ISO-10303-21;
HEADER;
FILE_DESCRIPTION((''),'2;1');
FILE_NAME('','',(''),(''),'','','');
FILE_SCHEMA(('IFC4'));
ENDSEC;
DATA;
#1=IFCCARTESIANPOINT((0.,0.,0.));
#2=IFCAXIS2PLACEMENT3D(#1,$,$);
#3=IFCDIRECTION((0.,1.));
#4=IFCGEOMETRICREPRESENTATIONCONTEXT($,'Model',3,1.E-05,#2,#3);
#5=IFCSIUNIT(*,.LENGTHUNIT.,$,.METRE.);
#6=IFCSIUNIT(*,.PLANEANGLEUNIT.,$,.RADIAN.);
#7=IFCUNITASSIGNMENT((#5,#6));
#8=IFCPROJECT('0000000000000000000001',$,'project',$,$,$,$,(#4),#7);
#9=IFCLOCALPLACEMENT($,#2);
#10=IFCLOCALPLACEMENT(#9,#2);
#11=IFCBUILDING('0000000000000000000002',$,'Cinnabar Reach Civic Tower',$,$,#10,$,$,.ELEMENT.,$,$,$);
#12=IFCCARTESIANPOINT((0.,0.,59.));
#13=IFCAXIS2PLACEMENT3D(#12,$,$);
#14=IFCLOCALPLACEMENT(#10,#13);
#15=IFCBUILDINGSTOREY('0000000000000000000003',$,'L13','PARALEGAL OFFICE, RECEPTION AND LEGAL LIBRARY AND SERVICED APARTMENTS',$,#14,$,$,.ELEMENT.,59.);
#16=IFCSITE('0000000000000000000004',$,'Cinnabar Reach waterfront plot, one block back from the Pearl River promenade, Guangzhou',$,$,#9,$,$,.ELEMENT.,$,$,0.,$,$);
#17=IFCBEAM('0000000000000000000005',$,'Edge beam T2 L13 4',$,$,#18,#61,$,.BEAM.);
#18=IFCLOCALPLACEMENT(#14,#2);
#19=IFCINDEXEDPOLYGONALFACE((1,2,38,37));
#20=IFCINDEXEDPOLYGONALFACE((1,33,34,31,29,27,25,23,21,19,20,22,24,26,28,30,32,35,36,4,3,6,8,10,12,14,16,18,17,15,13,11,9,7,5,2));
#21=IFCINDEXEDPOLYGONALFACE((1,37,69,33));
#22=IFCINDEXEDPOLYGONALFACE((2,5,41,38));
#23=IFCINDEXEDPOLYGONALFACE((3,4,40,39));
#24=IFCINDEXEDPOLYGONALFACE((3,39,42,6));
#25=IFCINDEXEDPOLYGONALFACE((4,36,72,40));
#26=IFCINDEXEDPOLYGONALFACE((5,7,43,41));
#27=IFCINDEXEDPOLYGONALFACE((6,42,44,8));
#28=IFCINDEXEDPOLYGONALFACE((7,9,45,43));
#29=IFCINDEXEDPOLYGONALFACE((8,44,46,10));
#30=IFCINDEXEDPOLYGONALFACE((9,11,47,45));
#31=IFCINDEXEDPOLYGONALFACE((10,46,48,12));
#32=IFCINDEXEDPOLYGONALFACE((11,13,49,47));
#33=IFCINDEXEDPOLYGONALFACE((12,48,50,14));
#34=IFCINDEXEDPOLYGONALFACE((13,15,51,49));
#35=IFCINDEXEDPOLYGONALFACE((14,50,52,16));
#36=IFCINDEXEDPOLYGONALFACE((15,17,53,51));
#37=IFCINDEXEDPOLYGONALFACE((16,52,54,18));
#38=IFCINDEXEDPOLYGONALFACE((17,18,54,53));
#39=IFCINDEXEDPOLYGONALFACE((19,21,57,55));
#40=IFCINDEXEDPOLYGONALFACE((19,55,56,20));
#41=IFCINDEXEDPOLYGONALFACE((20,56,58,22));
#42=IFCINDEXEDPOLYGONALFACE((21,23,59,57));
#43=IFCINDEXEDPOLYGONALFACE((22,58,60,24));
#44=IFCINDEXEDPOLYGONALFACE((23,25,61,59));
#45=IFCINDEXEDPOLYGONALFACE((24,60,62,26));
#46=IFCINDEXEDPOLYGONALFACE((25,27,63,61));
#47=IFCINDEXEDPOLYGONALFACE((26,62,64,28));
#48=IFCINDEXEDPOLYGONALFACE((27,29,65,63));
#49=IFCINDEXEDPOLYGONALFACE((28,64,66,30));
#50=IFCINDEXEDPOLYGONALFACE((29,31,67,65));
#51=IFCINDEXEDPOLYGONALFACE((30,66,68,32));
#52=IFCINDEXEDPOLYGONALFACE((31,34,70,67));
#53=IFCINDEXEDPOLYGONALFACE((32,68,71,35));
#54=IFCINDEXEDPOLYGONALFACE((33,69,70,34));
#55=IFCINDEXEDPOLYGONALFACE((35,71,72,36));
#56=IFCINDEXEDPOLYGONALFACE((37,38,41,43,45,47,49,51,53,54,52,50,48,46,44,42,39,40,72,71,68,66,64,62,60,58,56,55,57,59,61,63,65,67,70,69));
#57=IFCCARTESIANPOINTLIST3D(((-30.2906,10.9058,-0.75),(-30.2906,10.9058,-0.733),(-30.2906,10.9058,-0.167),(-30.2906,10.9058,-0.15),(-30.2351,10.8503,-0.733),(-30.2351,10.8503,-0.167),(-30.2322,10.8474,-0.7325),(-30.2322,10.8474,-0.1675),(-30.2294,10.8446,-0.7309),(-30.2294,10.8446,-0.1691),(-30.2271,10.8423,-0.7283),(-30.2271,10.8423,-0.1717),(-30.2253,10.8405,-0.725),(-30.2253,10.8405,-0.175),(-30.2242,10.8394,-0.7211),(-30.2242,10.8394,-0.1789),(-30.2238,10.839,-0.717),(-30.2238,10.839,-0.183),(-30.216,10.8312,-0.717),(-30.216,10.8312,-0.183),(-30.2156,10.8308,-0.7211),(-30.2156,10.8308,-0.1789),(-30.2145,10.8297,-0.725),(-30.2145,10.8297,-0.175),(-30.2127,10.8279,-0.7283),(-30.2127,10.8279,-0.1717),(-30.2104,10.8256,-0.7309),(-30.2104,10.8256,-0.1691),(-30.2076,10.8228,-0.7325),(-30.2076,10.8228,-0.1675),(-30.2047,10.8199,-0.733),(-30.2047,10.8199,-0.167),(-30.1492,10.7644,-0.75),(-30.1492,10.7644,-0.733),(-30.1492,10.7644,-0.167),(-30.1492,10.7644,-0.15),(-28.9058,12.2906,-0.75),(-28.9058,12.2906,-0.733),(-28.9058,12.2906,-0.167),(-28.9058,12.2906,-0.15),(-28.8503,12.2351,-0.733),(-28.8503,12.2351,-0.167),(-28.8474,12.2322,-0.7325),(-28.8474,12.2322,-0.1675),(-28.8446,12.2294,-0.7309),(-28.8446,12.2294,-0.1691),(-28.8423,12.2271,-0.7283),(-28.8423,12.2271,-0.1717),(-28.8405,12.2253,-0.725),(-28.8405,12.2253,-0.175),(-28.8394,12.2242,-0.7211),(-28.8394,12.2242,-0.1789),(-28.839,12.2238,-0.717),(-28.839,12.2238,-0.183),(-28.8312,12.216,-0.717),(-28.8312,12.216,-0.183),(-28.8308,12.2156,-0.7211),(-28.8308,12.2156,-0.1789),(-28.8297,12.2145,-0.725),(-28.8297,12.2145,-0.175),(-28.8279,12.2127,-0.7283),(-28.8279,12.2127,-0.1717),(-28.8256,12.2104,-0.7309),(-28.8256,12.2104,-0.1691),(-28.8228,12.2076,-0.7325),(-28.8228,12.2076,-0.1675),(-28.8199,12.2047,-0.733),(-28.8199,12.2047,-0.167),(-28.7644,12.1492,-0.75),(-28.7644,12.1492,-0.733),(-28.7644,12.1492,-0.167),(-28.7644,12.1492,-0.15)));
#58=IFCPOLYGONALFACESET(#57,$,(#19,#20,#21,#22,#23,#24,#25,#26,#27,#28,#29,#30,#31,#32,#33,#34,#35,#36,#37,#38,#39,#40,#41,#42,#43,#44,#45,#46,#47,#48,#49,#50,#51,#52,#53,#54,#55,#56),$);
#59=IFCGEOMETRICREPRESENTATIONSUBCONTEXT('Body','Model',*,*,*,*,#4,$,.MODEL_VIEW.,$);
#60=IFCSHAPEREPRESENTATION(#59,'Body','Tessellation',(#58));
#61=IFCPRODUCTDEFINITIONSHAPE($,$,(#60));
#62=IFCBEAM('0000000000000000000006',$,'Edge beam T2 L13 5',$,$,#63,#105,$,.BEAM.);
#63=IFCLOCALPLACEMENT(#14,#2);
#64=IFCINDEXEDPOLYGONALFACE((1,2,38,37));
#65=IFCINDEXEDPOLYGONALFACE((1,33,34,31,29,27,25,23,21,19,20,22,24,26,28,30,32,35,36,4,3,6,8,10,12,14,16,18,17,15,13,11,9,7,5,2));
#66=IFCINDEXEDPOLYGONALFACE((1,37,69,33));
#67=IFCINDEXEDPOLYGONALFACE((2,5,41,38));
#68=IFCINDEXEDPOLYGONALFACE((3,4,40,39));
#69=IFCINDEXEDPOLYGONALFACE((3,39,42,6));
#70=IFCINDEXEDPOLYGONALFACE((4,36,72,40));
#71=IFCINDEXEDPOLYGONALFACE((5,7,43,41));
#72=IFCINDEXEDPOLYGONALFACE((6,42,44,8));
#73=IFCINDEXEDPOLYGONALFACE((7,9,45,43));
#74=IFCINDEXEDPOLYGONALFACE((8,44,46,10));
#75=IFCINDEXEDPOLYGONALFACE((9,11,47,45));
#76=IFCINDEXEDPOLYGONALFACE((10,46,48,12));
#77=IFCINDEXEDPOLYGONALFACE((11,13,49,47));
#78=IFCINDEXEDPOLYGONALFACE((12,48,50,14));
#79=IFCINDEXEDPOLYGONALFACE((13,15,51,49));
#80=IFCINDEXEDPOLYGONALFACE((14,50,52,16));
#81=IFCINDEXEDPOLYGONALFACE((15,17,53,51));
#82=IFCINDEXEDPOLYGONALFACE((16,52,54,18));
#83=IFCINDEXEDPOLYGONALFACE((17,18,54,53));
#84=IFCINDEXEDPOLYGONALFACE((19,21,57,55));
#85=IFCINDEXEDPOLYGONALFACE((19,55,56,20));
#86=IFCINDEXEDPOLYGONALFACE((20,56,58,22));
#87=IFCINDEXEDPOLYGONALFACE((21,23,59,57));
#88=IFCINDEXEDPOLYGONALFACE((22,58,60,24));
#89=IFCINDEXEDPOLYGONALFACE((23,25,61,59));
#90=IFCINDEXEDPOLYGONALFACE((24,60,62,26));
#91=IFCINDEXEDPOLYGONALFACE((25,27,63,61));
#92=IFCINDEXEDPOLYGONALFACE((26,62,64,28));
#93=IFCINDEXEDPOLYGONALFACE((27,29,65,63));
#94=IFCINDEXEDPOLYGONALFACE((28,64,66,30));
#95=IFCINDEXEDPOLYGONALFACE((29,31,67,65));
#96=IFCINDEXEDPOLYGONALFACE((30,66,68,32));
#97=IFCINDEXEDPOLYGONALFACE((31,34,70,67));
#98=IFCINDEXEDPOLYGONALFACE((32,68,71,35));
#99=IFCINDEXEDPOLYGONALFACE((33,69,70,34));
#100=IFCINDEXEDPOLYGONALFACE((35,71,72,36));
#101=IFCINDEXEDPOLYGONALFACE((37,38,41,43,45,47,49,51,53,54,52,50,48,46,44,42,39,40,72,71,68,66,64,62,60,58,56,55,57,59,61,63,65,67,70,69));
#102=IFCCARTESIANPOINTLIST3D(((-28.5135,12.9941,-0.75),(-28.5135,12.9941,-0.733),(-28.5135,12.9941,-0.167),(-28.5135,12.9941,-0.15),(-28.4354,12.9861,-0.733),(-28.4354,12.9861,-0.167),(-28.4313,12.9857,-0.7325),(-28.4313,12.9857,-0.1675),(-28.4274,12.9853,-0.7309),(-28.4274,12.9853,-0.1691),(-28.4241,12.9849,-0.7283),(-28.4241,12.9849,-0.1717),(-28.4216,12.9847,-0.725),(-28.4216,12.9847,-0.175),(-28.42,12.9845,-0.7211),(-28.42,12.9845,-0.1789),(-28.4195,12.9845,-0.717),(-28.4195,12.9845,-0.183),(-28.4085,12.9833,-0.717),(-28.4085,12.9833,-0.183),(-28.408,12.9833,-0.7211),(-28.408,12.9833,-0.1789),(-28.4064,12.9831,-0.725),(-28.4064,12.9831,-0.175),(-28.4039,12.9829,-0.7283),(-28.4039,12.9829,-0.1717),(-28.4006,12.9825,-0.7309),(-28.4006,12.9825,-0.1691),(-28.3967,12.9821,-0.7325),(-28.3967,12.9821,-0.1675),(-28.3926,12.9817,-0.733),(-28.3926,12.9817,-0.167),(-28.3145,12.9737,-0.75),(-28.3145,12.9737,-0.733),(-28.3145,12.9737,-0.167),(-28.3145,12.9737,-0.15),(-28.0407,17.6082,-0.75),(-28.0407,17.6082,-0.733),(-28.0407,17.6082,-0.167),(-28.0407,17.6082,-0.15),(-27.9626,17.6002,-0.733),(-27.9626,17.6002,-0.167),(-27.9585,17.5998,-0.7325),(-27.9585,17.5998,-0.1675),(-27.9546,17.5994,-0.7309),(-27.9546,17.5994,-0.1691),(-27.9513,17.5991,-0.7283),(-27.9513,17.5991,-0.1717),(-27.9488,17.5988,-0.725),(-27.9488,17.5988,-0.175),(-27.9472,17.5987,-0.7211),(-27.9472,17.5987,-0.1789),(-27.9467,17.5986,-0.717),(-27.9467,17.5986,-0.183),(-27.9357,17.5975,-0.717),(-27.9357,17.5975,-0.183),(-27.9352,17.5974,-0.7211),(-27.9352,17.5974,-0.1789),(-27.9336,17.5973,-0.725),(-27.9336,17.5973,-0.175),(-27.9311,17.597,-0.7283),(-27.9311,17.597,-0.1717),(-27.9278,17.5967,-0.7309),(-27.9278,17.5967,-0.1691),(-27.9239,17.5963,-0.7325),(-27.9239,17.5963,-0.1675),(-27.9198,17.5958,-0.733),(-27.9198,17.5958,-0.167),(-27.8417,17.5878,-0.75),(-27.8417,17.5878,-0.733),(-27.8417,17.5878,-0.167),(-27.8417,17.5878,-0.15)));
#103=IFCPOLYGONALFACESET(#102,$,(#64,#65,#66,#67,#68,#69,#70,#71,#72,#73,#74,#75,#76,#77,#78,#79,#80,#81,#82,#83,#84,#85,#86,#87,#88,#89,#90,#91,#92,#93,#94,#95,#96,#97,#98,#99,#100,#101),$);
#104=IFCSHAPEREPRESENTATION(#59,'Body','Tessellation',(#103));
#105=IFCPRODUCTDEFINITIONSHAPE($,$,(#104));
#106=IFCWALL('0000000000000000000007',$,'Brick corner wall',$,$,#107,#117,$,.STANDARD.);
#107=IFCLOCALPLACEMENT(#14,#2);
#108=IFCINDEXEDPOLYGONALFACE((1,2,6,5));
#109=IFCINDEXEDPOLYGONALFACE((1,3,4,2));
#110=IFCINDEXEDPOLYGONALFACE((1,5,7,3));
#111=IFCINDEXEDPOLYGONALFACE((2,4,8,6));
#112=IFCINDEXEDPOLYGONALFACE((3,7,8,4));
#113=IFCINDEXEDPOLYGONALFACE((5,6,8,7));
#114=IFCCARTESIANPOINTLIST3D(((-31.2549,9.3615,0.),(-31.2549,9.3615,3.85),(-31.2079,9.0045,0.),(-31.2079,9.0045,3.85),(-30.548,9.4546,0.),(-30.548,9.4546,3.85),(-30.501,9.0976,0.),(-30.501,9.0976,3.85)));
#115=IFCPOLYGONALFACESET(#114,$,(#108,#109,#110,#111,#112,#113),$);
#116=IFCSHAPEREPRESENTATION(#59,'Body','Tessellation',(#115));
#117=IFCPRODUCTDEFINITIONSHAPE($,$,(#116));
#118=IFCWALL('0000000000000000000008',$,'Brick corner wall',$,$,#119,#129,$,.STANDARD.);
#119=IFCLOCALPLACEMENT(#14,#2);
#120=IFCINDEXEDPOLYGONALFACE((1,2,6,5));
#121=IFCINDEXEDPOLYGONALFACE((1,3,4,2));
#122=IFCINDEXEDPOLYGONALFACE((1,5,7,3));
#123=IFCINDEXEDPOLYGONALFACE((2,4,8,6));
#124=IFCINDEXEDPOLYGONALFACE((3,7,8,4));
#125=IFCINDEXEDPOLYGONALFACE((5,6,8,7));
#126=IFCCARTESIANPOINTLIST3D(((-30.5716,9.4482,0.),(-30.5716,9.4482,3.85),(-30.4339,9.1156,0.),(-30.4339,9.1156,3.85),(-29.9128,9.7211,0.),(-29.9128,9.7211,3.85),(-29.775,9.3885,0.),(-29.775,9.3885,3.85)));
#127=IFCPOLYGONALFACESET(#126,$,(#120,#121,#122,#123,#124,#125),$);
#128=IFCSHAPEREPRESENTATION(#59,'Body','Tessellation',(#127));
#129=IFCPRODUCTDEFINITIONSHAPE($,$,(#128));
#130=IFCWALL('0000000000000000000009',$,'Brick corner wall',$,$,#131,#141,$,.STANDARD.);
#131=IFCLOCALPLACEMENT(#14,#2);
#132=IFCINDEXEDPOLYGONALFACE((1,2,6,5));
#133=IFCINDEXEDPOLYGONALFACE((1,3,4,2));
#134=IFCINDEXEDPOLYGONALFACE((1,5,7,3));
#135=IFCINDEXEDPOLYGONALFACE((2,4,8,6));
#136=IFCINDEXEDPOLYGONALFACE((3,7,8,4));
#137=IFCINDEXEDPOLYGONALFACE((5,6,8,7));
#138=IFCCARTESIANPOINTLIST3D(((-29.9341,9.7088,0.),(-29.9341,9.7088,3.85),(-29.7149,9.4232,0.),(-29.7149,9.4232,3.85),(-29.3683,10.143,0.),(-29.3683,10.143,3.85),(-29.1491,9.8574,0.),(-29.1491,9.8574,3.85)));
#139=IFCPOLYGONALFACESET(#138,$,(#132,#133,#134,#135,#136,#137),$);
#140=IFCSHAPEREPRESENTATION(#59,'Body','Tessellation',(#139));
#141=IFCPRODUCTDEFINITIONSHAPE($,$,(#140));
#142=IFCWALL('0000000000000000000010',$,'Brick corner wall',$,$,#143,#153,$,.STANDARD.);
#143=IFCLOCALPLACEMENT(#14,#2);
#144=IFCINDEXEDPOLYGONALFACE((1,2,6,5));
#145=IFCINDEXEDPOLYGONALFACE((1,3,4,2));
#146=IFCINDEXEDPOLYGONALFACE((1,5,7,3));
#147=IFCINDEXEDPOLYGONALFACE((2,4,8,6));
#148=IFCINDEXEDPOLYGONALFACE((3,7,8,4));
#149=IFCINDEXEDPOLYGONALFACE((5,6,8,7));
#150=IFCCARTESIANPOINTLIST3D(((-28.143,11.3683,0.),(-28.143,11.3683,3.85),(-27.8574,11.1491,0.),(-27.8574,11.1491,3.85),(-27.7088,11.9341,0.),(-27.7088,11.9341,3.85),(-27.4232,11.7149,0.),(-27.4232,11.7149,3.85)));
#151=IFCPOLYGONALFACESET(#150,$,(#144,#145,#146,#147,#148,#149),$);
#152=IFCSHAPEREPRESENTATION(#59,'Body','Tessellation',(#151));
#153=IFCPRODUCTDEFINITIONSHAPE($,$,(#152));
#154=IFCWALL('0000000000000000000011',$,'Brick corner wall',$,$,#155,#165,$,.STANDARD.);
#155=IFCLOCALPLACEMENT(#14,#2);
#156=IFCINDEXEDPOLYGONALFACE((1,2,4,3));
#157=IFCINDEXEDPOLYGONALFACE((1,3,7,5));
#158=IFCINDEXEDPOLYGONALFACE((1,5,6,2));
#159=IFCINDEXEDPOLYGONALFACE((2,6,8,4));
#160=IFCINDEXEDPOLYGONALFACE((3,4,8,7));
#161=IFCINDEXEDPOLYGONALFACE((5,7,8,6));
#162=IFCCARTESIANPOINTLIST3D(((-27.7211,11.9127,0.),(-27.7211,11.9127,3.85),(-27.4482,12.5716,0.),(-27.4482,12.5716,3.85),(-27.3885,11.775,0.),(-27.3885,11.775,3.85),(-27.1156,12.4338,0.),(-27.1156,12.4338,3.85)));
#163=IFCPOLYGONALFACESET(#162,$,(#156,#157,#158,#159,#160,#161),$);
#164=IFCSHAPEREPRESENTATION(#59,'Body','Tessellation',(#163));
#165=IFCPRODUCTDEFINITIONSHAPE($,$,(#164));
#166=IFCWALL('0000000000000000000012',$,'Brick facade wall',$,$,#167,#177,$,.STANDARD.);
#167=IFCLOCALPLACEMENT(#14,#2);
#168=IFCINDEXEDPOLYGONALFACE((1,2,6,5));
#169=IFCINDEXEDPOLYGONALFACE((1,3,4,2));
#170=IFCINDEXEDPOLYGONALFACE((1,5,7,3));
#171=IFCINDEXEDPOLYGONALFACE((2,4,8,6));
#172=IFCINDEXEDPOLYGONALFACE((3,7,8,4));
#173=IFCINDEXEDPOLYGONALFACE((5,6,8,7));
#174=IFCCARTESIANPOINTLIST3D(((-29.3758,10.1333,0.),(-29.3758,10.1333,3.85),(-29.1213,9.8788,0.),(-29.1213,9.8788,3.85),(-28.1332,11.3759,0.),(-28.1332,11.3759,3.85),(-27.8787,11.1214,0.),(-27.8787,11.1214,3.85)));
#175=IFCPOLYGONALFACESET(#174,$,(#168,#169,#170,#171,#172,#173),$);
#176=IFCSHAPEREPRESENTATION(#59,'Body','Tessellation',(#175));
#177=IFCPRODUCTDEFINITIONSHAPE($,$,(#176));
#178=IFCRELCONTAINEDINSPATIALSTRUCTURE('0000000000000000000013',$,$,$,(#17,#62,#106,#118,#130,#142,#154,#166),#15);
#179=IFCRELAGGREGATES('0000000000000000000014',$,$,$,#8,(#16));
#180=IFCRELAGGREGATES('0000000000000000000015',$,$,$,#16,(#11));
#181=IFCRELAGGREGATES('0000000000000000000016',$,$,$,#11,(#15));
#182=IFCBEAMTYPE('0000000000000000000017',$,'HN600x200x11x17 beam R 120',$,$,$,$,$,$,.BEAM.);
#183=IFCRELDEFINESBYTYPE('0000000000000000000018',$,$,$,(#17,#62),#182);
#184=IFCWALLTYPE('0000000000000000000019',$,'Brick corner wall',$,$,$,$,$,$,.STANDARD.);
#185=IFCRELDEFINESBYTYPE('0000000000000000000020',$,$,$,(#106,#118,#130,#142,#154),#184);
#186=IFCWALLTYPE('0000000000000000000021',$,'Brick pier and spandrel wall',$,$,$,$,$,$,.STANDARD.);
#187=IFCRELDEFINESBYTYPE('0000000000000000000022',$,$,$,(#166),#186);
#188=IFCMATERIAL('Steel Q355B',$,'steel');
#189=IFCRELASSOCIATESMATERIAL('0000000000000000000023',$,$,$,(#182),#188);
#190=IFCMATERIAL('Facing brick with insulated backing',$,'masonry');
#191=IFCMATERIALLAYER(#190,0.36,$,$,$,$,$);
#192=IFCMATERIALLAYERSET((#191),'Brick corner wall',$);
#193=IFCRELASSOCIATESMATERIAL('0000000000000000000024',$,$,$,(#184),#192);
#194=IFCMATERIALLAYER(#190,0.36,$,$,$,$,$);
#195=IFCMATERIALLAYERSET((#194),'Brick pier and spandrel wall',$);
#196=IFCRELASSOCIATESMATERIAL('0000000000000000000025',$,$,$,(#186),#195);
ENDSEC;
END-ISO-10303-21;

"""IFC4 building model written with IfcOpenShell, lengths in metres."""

from ifc_helpers import new_model, si_unit, direction, frame, frame_2d, origin, origin_2d, place, context, subcontext, project, spatial, rectangle, i_section, extrude, material, layer, layer_set, material_profile, profile_set, type_object, element, save


model = new_model("IFC4")

# Units and contexts
model_context = context("Model", 3, precision=1e-05, world=origin(), true_north=direction((0.0, 1.0)))
body_context = subcontext(model_context, "Body", "Model", "MODEL_VIEW")
ifc_project = project(units=[si_unit("LENGTHUNIT", "METRE"), si_unit("PLANEANGLEUNIT", "RADIAN")], contexts=[model_context])

# Site, building, storey
site_placement = place(None, origin())
site = spatial("IfcSite", under=ifc_project, at=site_placement, Name="Cinnabar Reach waterfront plot, one block back from the Pearl River promenade, Guangzhou", CompositionType="ELEMENT", RefElevation=0.0)
building_placement = place(site_placement, origin())
building = spatial("IfcBuilding", under=site, at=building_placement, Name="Cinnabar Reach Civic Tower", CompositionType="ELEMENT")
storey_placement = place(building_placement, frame((0.0, 0.0, 59.0)))
storey = spatial("IfcBuildingStorey", under=building, at=storey_placement, Name="L13", Description="PARALEGAL OFFICE, RECEPTION AND LEGAL LIBRARY AND SERVICED APARTMENTS", CompositionType="ELEMENT", Elevation=59.0)

# Beams
ifc_material_1 = material(Name="Steel Q355B", Category="steel")
ifc_material_profile_1 = material_profile(ifc_material_1, i_section(OverallWidth=0.2, OverallDepth=0.6, WebThickness=0.011, FlangeThickness=0.017, FilletRadius=0.016, at=origin_2d()), Name="HN600x200x11x17")
ifc_profile_set_1 = profile_set([ifc_material_profile_1], Name="Steel Q355B")
beam_type_1 = type_object("IfcBeamType", Name="HN600x200x11x17 beam R 120", PredefinedType="BEAM", material=ifc_profile_set_1)
beam_1_placement = place(storey_placement, frame((-30.2199, 10.8351, -0.45), z_axis=(0.707107, 0.707107, 0.0), x_axis=(-0.707107, 0.707107, 0.0)))
element("IfcBeam", 1, at=beam_1_placement, inside=storey, type_object=beam_type_1, Name="Edge beam T2 L13 4", PredefinedType="BEAM", context=body_context, shape_type="SweptSolid", body=[
    extrude(i_section(OverallWidth=0.2, OverallDepth=0.6, WebThickness=0.011, FlangeThickness=0.017, FilletRadius=0.016, at=origin_2d()), origin(), (0.0, 0.0, 1.0), 1.9584),
])
beam_2_placement = place(storey_placement, frame((-28.414, 12.9839, -0.45), z_axis=(0.101935, 0.994791, 0.0), x_axis=(-0.994791, 0.101935, 0.0)))
element("IfcBeam", 2, at=beam_2_placement, inside=storey, type_object=beam_type_1, Name="Edge beam T2 L13 5", PredefinedType="BEAM", context=body_context, shape_type="SweptSolid", body=[
    extrude(i_section(OverallWidth=0.2, OverallDepth=0.6, WebThickness=0.011, FlangeThickness=0.017, FilletRadius=0.016, at=origin_2d()), origin(), (0.0, 0.0, 1.0), 4.6383),
])

# Walls
ifc_material_2 = material(Name="Facing brick with insulated backing", Category="masonry")
ifc_layer_1 = layer(ifc_material_2, 0.36)
ifc_layer_set_1 = layer_set([ifc_layer_1], Name="Brick corner wall")
wall_type_1 = type_object("IfcWallType", Name="Brick corner wall", PredefinedType="STANDARD", material=ifc_layer_set_1)
for number, where, z_axis, x_axis, name in (
    (3, (-31.2314, 9.183, 0.0), (0.0, 0.0, 1.0), (0.991441, 0.130556, 0.0), "Brick corner wall"),
    (4, (-30.5027, 9.2819, 0.0), (0.0, 0.0, 1.0), (0.923872, 0.382703, 0.0), "Brick corner wall"),
):
    element("IfcWall", number, at=place(storey_placement, frame(where, z_axis=z_axis, x_axis=x_axis)), inside=storey, type_object=wall_type_1, Name=name, PredefinedType="STANDARD", context=body_context, shape_type="SweptSolid", body=[
        extrude(rectangle(XDim=0.7131, YDim=0.36, at=frame_2d((0.3565, 0.0))), origin(), (0.0, 0.0, 1.0), 3.85),
    ])
for number, where, z_axis, x_axis, name in (
    (5, (-29.8245, 9.566, 0.0), (0.0, 0.0, 1.0), (0.793322, 0.608802, 0.0), "Brick corner wall"),
    (6, (-28.0002, 11.2587, 0.0), (0.0, 0.0, 1.0), (0.608802, 0.793322, 0.0), "Brick corner wall"),
):
    element("IfcWall", number, at=place(storey_placement, frame(where, z_axis=z_axis, x_axis=x_axis)), inside=storey, type_object=wall_type_1, Name=name, PredefinedType="STANDARD", context=body_context, shape_type="SweptSolid", body=[
        extrude(rectangle(XDim=0.7132, YDim=0.36, at=frame_2d((0.3566, 0.0))), origin(), (0.0, 0.0, 1.0), 3.85),
    ])
wall_1_placement = place(storey_placement, frame((-27.5548, 11.8439, 0.0), z_axis=(0.0, 0.0, 1.0), x_axis=(0.382703, 0.923872, 0.0)))
element("IfcWall", 7, at=wall_1_placement, inside=storey, type_object=wall_type_1, Name="Brick corner wall", PredefinedType="STANDARD", context=body_context, shape_type="SweptSolid", body=[
    extrude(rectangle(XDim=0.7131, YDim=0.36, at=frame_2d((0.3565, 0.0))), origin(), (0.0, 0.0, 1.0), 3.85),
])
ifc_layer_2 = layer(ifc_material_2, 0.36)
ifc_layer_set_2 = layer_set([ifc_layer_2], Name="Brick pier and spandrel wall")
wall_type_2 = type_object("IfcWallType", Name="Brick pier and spandrel wall", PredefinedType="STANDARD", material=ifc_layer_set_2)
wall_2_placement = place(storey_placement, frame((-29.2486, 10.006, 0.0), z_axis=(0.0, 0.0, 1.0), x_axis=(0.707107, 0.707107, 0.0)))
element("IfcWall", 8, at=wall_2_placement, inside=storey, type_object=wall_type_2, Name="Brick facade wall", PredefinedType="STANDARD", context=body_context, shape_type="SweptSolid", body=[
    extrude(rectangle(XDim=1.7573, YDim=0.36, at=frame_2d((0.8787, 0.0))), origin(), (0.0, 0.0, 1.0), 3.85),
])

save(model, "model.ifc")
